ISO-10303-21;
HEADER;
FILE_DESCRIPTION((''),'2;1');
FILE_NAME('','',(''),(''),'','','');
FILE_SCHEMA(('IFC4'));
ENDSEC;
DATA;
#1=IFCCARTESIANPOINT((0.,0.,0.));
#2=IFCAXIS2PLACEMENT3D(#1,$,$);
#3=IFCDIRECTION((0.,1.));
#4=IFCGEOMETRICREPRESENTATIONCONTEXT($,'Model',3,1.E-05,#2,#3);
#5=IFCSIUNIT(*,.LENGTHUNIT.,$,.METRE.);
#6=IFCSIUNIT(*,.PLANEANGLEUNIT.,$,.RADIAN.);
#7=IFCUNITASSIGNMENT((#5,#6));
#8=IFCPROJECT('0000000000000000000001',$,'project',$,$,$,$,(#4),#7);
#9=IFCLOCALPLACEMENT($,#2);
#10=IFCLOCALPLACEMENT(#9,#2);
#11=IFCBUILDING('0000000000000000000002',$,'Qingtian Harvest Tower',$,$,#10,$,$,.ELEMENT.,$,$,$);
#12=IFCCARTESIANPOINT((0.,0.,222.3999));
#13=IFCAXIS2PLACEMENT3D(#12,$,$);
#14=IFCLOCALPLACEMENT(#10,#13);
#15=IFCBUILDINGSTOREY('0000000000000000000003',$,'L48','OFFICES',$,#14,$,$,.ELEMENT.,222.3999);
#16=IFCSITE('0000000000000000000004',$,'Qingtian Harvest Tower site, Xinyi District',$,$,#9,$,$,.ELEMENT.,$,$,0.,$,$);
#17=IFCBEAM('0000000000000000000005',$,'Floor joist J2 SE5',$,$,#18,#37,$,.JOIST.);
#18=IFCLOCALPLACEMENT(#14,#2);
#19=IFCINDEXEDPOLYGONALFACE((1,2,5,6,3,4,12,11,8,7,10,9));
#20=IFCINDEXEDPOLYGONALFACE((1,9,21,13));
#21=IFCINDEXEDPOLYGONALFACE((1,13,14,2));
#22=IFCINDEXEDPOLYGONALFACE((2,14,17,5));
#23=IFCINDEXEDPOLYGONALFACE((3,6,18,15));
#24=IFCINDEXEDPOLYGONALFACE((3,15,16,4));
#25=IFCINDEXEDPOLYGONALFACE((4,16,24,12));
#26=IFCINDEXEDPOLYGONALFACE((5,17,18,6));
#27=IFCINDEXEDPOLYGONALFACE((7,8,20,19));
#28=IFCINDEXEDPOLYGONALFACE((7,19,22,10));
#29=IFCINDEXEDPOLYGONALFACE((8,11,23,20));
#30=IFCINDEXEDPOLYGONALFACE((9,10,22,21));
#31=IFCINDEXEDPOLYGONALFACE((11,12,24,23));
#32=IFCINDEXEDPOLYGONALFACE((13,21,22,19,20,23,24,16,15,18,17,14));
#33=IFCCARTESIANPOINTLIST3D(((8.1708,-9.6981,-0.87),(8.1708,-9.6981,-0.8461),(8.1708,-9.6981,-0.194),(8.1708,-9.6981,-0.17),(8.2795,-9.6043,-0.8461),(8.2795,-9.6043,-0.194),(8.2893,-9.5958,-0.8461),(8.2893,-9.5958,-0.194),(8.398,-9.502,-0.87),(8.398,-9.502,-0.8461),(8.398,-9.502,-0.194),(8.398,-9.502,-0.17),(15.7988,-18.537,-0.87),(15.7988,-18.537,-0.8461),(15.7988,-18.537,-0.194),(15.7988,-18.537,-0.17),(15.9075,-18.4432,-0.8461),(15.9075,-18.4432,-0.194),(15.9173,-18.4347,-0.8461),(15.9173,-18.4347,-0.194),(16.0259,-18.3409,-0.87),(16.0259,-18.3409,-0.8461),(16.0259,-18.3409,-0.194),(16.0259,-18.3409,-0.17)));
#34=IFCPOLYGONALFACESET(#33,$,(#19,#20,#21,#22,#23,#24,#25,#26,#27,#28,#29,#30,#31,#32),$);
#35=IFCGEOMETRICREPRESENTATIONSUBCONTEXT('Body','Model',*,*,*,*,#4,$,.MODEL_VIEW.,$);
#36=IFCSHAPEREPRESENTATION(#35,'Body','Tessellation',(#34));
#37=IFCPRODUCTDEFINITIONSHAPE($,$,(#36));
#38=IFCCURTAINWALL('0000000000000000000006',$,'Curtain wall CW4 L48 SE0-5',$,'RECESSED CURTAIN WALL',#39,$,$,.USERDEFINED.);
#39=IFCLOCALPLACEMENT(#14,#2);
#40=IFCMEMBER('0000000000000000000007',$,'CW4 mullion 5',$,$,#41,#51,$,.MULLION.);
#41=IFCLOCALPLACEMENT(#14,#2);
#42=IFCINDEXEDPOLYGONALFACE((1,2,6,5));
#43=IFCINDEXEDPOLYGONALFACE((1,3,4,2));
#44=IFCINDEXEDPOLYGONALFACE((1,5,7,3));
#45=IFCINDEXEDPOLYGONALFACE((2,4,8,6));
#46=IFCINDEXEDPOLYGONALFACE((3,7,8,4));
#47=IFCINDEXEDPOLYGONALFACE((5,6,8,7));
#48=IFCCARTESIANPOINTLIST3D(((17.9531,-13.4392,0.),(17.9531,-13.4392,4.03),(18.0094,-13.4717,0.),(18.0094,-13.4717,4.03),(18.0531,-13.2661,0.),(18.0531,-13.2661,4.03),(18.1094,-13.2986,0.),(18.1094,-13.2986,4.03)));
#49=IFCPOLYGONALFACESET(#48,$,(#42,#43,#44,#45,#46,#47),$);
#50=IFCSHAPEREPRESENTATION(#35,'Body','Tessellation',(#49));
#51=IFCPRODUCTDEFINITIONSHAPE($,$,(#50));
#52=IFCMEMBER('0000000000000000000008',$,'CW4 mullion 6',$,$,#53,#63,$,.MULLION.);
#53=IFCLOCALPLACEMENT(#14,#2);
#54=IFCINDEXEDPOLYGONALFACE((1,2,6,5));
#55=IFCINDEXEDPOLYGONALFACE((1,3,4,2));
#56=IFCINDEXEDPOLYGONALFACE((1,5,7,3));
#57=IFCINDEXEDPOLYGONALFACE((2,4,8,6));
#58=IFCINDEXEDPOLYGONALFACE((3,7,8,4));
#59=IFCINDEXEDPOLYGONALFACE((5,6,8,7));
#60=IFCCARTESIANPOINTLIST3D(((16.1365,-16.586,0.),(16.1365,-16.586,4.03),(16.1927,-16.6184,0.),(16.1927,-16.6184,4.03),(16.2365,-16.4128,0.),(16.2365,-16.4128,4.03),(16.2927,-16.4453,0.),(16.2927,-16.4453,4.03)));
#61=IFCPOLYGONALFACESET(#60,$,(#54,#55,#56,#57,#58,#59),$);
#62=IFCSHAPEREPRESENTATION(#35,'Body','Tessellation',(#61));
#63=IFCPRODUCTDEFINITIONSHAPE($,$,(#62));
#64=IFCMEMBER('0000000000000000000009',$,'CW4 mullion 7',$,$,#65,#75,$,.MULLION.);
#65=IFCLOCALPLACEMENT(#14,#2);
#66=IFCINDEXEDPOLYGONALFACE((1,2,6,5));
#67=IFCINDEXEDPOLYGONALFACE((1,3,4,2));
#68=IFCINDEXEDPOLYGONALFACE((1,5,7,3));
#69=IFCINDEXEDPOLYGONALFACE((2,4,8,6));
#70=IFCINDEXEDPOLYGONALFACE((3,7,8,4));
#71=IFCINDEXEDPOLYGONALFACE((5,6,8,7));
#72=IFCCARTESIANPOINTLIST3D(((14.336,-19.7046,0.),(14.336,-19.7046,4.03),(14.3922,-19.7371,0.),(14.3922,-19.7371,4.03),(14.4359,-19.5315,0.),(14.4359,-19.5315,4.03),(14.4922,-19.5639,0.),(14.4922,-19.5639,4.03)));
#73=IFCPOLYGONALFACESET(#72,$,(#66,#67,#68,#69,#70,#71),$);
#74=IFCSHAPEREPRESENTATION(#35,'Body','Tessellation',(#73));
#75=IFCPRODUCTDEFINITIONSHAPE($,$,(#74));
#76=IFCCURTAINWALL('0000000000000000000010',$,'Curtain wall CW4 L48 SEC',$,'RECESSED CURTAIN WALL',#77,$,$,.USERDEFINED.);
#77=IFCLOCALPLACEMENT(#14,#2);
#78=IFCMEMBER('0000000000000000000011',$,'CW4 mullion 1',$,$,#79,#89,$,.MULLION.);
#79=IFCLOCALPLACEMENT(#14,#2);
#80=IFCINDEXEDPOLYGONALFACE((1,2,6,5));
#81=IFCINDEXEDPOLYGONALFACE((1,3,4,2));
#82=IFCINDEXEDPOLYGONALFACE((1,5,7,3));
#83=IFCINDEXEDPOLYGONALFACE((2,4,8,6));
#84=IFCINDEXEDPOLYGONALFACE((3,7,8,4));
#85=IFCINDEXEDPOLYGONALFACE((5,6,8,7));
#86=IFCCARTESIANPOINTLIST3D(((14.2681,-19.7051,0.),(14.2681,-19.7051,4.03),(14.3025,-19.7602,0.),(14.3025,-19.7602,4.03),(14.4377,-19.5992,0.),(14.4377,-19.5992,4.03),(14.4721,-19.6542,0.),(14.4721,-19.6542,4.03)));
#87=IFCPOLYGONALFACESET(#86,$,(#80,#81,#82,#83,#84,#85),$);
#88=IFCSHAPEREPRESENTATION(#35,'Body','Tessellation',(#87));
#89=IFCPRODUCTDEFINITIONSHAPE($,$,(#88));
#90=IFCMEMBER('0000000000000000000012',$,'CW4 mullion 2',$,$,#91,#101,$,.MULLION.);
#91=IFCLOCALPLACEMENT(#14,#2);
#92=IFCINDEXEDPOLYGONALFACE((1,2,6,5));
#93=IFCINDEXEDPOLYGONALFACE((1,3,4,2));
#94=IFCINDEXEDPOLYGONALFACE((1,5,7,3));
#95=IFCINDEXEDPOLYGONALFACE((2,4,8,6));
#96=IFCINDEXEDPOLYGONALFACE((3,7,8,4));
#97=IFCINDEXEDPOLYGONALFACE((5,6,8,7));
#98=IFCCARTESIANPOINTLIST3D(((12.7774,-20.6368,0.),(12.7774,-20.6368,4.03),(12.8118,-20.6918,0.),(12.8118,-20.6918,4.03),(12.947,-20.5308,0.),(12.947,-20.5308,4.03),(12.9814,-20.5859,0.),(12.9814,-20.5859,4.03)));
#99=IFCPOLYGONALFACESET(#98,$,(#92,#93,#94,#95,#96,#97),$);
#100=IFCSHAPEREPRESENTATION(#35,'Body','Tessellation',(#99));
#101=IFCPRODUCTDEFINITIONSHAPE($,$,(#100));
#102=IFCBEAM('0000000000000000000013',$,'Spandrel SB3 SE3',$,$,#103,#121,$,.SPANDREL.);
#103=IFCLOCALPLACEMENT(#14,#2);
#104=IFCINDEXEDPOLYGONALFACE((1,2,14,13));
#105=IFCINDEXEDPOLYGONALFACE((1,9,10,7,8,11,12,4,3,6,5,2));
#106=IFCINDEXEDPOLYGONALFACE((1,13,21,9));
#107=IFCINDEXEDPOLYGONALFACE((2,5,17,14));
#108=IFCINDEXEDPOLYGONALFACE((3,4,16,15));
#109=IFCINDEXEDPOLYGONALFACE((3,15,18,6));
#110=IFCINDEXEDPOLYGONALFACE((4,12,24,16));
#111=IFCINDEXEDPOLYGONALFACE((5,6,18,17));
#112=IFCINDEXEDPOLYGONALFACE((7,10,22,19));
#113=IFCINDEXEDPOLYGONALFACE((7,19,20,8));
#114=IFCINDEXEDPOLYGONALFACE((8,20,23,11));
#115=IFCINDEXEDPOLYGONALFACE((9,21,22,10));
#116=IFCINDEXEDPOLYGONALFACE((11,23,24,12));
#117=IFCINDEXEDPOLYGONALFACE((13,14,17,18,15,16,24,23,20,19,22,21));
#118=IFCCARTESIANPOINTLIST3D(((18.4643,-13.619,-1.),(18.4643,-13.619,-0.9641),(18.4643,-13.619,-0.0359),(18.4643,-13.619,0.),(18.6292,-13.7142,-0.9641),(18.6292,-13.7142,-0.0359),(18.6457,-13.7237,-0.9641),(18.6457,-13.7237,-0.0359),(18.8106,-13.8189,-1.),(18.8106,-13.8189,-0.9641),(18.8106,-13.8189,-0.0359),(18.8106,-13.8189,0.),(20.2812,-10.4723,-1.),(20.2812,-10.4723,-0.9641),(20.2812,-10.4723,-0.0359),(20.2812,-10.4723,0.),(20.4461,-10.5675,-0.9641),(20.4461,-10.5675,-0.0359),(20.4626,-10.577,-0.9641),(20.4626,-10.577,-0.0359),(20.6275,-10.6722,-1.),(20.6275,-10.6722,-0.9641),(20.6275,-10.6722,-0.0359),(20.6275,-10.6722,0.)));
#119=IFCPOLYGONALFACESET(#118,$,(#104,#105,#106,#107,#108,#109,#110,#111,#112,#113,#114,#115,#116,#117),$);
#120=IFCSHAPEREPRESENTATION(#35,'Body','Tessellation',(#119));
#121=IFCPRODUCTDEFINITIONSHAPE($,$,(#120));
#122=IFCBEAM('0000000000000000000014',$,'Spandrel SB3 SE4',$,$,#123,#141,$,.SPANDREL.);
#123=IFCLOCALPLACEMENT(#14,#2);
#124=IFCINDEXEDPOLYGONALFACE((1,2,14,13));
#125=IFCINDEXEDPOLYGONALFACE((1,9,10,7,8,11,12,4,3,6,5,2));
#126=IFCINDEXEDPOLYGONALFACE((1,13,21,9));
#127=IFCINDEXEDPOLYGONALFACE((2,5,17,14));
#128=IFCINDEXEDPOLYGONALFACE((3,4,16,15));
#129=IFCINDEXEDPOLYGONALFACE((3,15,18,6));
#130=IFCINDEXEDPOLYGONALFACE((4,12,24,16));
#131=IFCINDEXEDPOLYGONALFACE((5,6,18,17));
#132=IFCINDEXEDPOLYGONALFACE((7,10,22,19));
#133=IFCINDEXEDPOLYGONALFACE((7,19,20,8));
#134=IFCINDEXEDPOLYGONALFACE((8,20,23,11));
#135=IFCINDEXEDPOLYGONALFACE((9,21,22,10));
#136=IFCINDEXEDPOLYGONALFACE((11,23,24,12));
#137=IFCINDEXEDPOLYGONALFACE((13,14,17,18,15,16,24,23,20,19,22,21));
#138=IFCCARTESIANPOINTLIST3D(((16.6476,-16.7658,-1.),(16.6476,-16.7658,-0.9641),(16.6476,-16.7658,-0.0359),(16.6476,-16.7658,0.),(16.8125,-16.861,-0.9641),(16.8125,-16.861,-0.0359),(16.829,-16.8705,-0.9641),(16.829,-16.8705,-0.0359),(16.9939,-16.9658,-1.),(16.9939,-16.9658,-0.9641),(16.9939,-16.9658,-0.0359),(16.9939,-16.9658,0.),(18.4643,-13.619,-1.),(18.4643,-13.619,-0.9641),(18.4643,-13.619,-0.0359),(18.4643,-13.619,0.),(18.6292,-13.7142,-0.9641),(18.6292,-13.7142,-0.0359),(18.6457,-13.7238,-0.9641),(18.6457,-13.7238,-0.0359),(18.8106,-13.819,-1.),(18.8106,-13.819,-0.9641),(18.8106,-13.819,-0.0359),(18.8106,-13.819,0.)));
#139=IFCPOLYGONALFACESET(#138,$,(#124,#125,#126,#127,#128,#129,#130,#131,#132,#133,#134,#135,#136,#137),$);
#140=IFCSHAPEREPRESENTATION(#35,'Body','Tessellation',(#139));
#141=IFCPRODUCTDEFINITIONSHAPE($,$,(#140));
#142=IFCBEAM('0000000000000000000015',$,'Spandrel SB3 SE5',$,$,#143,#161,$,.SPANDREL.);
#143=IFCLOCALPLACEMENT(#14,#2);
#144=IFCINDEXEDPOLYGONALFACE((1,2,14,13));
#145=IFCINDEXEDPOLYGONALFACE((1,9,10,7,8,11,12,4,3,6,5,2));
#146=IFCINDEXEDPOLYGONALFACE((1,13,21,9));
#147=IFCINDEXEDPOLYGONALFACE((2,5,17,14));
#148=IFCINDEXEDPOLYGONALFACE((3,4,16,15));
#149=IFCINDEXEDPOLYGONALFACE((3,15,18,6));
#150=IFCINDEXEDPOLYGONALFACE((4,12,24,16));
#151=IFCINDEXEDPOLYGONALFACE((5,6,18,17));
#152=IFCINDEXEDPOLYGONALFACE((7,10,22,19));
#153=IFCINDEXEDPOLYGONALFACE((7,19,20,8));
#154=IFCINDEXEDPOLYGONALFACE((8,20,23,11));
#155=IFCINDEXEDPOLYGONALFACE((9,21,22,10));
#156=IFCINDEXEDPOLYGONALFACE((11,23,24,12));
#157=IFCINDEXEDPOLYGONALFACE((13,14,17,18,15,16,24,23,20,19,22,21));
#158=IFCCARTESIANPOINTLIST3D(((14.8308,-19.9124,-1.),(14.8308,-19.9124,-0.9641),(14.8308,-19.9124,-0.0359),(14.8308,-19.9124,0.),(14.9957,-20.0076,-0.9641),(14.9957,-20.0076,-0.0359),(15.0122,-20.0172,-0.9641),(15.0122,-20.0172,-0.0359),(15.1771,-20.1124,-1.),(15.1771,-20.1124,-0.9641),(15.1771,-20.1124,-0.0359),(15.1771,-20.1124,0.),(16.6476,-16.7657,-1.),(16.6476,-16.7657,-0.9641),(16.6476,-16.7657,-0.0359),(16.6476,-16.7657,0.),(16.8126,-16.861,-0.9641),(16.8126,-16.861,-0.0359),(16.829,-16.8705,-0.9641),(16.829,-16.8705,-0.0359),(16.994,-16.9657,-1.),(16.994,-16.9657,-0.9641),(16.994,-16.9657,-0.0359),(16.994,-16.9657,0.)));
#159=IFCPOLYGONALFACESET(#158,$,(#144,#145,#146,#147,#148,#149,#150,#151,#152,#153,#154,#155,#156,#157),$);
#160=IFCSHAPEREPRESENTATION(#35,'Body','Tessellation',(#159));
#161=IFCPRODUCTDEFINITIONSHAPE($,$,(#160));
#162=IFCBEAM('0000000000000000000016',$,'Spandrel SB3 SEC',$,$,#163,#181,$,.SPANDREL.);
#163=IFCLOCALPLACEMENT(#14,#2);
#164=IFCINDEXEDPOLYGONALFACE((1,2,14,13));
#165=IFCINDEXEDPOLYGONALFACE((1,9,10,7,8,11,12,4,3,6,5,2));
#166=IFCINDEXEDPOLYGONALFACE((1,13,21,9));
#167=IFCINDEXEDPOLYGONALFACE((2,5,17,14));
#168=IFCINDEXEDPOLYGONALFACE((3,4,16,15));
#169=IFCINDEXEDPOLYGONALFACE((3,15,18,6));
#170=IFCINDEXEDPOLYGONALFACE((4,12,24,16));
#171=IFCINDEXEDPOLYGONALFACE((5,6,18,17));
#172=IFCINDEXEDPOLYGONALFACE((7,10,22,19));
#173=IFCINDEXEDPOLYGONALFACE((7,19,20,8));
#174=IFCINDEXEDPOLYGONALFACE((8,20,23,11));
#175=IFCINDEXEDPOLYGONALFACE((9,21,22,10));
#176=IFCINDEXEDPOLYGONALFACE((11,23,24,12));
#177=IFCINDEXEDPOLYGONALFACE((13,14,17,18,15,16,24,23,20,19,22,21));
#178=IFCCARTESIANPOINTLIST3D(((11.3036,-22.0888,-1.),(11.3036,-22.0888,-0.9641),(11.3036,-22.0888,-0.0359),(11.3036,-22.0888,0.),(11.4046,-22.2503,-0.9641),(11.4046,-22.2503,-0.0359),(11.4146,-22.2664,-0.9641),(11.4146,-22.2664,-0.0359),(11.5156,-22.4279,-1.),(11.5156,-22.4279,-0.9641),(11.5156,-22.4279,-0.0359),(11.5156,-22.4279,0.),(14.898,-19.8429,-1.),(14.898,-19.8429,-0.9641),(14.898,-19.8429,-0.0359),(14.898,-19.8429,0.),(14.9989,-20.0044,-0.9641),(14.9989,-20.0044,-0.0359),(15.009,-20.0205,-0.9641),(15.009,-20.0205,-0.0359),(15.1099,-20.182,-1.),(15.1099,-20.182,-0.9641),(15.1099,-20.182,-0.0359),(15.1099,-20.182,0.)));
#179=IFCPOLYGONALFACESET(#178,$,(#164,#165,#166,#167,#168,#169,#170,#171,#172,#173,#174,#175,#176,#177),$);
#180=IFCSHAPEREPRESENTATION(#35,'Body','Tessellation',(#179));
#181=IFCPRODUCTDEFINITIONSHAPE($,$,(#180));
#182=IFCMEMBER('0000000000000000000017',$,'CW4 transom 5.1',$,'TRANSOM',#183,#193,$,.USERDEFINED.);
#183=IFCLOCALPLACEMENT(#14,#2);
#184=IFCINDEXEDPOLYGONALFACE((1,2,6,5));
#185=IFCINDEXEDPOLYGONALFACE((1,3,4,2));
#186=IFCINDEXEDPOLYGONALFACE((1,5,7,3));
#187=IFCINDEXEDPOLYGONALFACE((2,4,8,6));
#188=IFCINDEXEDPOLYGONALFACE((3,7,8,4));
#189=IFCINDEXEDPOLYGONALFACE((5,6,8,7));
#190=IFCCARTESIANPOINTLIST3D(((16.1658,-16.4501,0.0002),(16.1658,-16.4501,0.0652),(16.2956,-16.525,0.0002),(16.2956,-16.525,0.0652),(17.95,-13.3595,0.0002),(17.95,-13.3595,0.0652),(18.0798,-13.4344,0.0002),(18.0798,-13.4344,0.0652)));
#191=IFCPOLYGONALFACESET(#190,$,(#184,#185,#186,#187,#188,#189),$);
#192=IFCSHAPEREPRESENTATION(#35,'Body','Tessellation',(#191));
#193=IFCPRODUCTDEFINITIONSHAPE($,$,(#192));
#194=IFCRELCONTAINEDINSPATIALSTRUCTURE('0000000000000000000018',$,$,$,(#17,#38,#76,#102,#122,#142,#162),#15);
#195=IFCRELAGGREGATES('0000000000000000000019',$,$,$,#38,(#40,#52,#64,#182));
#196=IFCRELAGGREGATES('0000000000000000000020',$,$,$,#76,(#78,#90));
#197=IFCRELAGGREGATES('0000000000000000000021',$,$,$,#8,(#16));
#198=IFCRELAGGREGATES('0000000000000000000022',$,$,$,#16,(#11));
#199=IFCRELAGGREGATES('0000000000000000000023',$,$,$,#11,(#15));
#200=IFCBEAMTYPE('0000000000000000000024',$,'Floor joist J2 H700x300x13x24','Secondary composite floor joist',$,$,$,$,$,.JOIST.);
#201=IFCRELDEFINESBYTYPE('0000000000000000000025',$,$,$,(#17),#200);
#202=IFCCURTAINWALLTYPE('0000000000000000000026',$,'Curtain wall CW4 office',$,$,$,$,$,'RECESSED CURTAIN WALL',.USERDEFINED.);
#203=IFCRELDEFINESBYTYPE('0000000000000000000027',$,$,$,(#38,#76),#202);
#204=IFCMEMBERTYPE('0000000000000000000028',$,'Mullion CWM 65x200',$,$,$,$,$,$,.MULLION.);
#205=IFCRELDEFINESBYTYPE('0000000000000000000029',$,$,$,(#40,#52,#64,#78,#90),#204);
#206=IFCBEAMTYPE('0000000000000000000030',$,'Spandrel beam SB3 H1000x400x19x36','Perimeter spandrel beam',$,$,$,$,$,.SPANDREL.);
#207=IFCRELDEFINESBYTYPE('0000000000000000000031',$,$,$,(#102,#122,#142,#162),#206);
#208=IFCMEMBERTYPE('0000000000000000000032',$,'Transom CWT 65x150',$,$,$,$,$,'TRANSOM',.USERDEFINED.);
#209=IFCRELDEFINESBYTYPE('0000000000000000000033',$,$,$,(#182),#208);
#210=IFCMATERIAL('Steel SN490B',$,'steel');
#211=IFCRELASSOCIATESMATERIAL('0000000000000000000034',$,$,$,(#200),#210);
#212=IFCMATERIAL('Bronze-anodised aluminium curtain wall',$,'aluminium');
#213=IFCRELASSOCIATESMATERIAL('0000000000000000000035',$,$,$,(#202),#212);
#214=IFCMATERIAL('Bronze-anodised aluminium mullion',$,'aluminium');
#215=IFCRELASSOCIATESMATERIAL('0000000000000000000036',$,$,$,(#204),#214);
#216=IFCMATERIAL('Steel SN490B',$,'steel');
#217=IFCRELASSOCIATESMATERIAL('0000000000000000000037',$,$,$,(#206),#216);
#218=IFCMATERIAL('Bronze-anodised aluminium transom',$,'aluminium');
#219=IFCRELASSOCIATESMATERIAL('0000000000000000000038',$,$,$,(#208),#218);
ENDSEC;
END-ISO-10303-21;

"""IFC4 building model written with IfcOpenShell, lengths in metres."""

from ifc_helpers import new_model, si_unit, direction, frame, origin, origin_2d, place, context, subcontext, project, spatial, rectangle, i_section, extrude, material, material_profile, profile_set, type_object, element, aggregate, save


model = new_model("IFC4")

# Units and contexts
model_context = context("Model", 3, precision=1e-05, world=origin(), true_north=direction((0.0, 1.0)))
body_context = subcontext(model_context, "Body", "Model", "MODEL_VIEW")
ifc_project = project(units=[si_unit("LENGTHUNIT", "METRE"), si_unit("PLANEANGLEUNIT", "RADIAN")], contexts=[model_context])

# Site, building, storey
site_placement = place(None, origin())
site = spatial("IfcSite", under=ifc_project, at=site_placement, Name="Qingtian Harvest Tower site, Xinyi District", CompositionType="ELEMENT", RefElevation=0.0)
building_placement = place(site_placement, origin())
building = spatial("IfcBuilding", under=site, at=building_placement, Name="Qingtian Harvest Tower", CompositionType="ELEMENT")
storey_placement = place(building_placement, frame((0.0, 0.0, 222.3999)))
storey = spatial("IfcBuildingStorey", under=building, at=storey_placement, Name="L48", Description="OFFICES", CompositionType="ELEMENT", Elevation=222.3999)

# Beam
ifc_material_1 = material(Name="Steel SN490B", Category="steel")
ifc_material_profile_1 = material_profile(ifc_material_1, i_section(OverallWidth=0.3, OverallDepth=0.7, WebThickness=0.0129, FlangeThickness=0.0239, at=origin_2d()), Name="H700x300x13x24")
ifc_profile_set_1 = profile_set([ifc_material_profile_1], Name="Steel SN490B")
beam_type_1 = type_object("IfcBeamType", Name="Floor joist J2 H700x300x13x24", Description="Secondary composite floor joist", PredefinedType="JOIST", material=ifc_profile_set_1)
beam_1_placement = place(storey_placement, frame((15.9124, -18.439, -0.52), z_axis=(-0.653343, 0.757062, 0.0), x_axis=(-0.757062, -0.653343, 0.0)))
element("IfcBeam", 1, at=beam_1_placement, inside=storey, type_object=beam_type_1, Name="Floor joist J2 SE5", PredefinedType="JOIST", context=body_context, shape_type="SweptSolid", body=[
    extrude(i_section(OverallWidth=0.3, OverallDepth=0.7, WebThickness=0.0129, FlangeThickness=0.0239, at=origin_2d()), origin(), (0.0, 0.0, 1.0), 11.6753),
])

# Curtain walls, members
ifc_material_2 = material(Name="Bronze-anodised aluminium curtain wall", Category="aluminium")
curtain_wall_type = type_object("IfcCurtainWallType", Name="Curtain wall CW4 office", ElementType="RECESSED CURTAIN WALL", PredefinedType="USERDEFINED", material=ifc_material_2)
curtain_wall_1_placement = place(storey_placement, origin())
curtain_wall_1 = element("IfcCurtainWall", 2, at=curtain_wall_1_placement, inside=storey, type_object=curtain_wall_type, Name="Curtain wall CW4 L48 SE0-5", ObjectType="RECESSED CURTAIN WALL", PredefinedType="USERDEFINED")
ifc_material_3 = material(Name="Bronze-anodised aluminium mullion", Category="aluminium")
ifc_material_profile_2 = material_profile(ifc_material_3, rectangle(XDim=0.0649, YDim=0.2, at=origin_2d()), Name="AL 65x200")
ifc_profile_set_2 = profile_set([ifc_material_profile_2], Name="Bronze-anodised aluminium mullion")
member_type_1 = type_object("IfcMemberType", Name="Mullion CWM 65x200", PredefinedType="MULLION", material=ifc_profile_set_2)
member_1_placement = place(storey_placement, frame((18.0312, -13.3689, 0.0), z_axis=(0.0, 0.0, 1.0), x_axis=(0.866025, -0.5, 0.0)))
member_1 = element("IfcMember", 3, at=member_1_placement, type_object=member_type_1, Name="CW4 mullion 5", PredefinedType="MULLION", context=body_context, shape_type="SweptSolid", body=[
    extrude(rectangle(XDim=0.0649, YDim=0.2, at=origin_2d()), origin(), (0.0, 0.0, 1.0), 4.03),
])
member_2_placement = place(storey_placement, frame((16.2146, -16.5156, 0.0), z_axis=(0.0, 0.0, 1.0), x_axis=(0.866025, -0.5, 0.0)))
member_2 = element("IfcMember", 4, at=member_2_placement, type_object=member_type_1, Name="CW4 mullion 6", PredefinedType="MULLION", context=body_context, shape_type="SweptSolid", body=[
    extrude(rectangle(XDim=0.0649, YDim=0.2, at=origin_2d()), origin(), (0.0, 0.0, 1.0), 4.03),
])
member_3_placement = place(storey_placement, frame((14.4141, -19.6343, 0.0), z_axis=(0.0, 0.0, 1.0), x_axis=(0.866025, -0.5, 0.0)))
member_3 = element("IfcMember", 5, at=member_3_placement, type_object=member_type_1, Name="CW4 mullion 7", PredefinedType="MULLION", context=body_context, shape_type="SweptSolid", body=[
    extrude(rectangle(XDim=0.0649, YDim=0.2, at=origin_2d()), origin(), (0.0, 0.0, 1.0), 4.03),
])
curtain_wall_2_placement = place(storey_placement, origin())
curtain_wall_2 = element("IfcCurtainWall", 6, at=curtain_wall_2_placement, inside=storey, type_object=curtain_wall_type, Name="Curtain wall CW4 L48 SEC", ObjectType="RECESSED CURTAIN WALL", PredefinedType="USERDEFINED")
member_4_placement = place(storey_placement, frame((14.3701, -19.6797, 0.0), z_axis=(0.0, 0.0, 1.0), x_axis=(0.529919, -0.848048, 0.0)))
member_4 = element("IfcMember", 7, at=member_4_placement, type_object=member_type_1, Name="CW4 mullion 1", PredefinedType="MULLION", context=body_context, shape_type="SweptSolid", body=[
    extrude(rectangle(XDim=0.0649, YDim=0.2, at=origin_2d()), origin(), (0.0, 0.0, 1.0), 4.03),
])
member_5_placement = place(storey_placement, frame((12.8794, -20.6113, 0.0), z_axis=(0.0, 0.0, 1.0), x_axis=(0.529919, -0.848048, 0.0)))
member_5 = element("IfcMember", 8, at=member_5_placement, type_object=member_type_1, Name="CW4 mullion 2", PredefinedType="MULLION", context=body_context, shape_type="SweptSolid", body=[
    extrude(rectangle(XDim=0.0649, YDim=0.2, at=origin_2d()), origin(), (0.0, 0.0, 1.0), 4.03),
])

# Beams
ifc_material_4 = material(Name="Steel SN490B", Category="steel")
ifc_material_profile_3 = material_profile(ifc_material_4, i_section(OverallWidth=0.3999, OverallDepth=1.0, WebThickness=0.019, FlangeThickness=0.0359, at=origin_2d()), Name="H1000x400x19x36")
ifc_profile_set_3 = profile_set([ifc_material_profile_3], Name="Steel SN490B")
beam_type_2 = type_object("IfcBeamType", Name="Spandrel beam SB3 H1000x400x19x36", Description="Perimeter spandrel beam", PredefinedType="SPANDREL", material=ifc_profile_set_3)
for number, where, z_axis, x_axis, name in (
    (9, (20.4543, -10.5723, -0.5), (-0.500027, -0.86601, 0.0), (0.86601, -0.500027, 0.0), "Spandrel SB3 SE3"),
    (10, (18.6375, -13.719, -0.5), (-0.499976, -0.866039, 0.0), (0.866039, -0.499976, 0.0), "Spandrel SB3 SE4"),
    (11, (16.8208, -16.8657, -0.5), (-0.500027, -0.86601, 0.0), (0.86601, -0.500027, 0.0), "Spandrel SB3 SE5"),
):
    element("IfcBeam", number, at=place(storey_placement, frame(where, z_axis=z_axis, x_axis=x_axis)), inside=storey, type_object=beam_type_2, Name=name, PredefinedType="SPANDREL", context=body_context, shape_type="SweptSolid", body=[
        extrude(i_section(OverallWidth=0.3999, OverallDepth=1.0, WebThickness=0.019, FlangeThickness=0.0359, at=origin_2d()), origin(), (0.0, 0.0, 1.0), 3.6335),
    ])
beam_2_placement = place(storey_placement, frame((15.0039, -20.0125, -0.5), z_axis=(-0.848057, -0.529906, 0.0), x_axis=(0.529906, -0.848057, 0.0)))
element("IfcBeam", 12, at=beam_2_placement, inside=storey, type_object=beam_type_2, Name="Spandrel SB3 SEC", PredefinedType="SPANDREL", context=body_context, shape_type="SweptSolid", body=[
    extrude(i_section(OverallWidth=0.3999, OverallDepth=1.0, WebThickness=0.019, FlangeThickness=0.0359, at=origin_2d()), origin(), (0.0, 0.0, 1.0), 4.2383),
])

# Member
ifc_material_5 = material(Name="Bronze-anodised aluminium transom", Category="aluminium")
ifc_material_profile_4 = material_profile(ifc_material_5, rectangle(XDim=0.1499, YDim=0.0649, at=origin_2d()), Name="AL 65x150")
ifc_profile_set_4 = profile_set([ifc_material_profile_4], Name="Bronze-anodised aluminium transom")
member_type_2 = type_object("IfcMemberType", Name="Transom CWT 65x150", ElementType="TRANSOM", PredefinedType="USERDEFINED", material=ifc_profile_set_4)
member_6_placement = place(storey_placement, frame((18.0149, -13.397, 0.0327), z_axis=(-0.499965, -0.866045, 0.0), x_axis=(0.866045, -0.499965, 0.0)))
member_6 = element("IfcMember", 13, at=member_6_placement, type_object=member_type_2, Name="CW4 transom 5.1", ObjectType="TRANSOM", PredefinedType="USERDEFINED", context=body_context, shape_type="SweptSolid", body=[
    extrude(rectangle(XDim=0.1499, YDim=0.0649, at=origin_2d()), origin(), (0.0, 0.0, 1.0), 3.5686),
])

aggregate(curtain_wall_1, [member_1, member_2, member_3, member_6])
aggregate(curtain_wall_2, [member_4, member_5])

save(model, "model.ifc")
